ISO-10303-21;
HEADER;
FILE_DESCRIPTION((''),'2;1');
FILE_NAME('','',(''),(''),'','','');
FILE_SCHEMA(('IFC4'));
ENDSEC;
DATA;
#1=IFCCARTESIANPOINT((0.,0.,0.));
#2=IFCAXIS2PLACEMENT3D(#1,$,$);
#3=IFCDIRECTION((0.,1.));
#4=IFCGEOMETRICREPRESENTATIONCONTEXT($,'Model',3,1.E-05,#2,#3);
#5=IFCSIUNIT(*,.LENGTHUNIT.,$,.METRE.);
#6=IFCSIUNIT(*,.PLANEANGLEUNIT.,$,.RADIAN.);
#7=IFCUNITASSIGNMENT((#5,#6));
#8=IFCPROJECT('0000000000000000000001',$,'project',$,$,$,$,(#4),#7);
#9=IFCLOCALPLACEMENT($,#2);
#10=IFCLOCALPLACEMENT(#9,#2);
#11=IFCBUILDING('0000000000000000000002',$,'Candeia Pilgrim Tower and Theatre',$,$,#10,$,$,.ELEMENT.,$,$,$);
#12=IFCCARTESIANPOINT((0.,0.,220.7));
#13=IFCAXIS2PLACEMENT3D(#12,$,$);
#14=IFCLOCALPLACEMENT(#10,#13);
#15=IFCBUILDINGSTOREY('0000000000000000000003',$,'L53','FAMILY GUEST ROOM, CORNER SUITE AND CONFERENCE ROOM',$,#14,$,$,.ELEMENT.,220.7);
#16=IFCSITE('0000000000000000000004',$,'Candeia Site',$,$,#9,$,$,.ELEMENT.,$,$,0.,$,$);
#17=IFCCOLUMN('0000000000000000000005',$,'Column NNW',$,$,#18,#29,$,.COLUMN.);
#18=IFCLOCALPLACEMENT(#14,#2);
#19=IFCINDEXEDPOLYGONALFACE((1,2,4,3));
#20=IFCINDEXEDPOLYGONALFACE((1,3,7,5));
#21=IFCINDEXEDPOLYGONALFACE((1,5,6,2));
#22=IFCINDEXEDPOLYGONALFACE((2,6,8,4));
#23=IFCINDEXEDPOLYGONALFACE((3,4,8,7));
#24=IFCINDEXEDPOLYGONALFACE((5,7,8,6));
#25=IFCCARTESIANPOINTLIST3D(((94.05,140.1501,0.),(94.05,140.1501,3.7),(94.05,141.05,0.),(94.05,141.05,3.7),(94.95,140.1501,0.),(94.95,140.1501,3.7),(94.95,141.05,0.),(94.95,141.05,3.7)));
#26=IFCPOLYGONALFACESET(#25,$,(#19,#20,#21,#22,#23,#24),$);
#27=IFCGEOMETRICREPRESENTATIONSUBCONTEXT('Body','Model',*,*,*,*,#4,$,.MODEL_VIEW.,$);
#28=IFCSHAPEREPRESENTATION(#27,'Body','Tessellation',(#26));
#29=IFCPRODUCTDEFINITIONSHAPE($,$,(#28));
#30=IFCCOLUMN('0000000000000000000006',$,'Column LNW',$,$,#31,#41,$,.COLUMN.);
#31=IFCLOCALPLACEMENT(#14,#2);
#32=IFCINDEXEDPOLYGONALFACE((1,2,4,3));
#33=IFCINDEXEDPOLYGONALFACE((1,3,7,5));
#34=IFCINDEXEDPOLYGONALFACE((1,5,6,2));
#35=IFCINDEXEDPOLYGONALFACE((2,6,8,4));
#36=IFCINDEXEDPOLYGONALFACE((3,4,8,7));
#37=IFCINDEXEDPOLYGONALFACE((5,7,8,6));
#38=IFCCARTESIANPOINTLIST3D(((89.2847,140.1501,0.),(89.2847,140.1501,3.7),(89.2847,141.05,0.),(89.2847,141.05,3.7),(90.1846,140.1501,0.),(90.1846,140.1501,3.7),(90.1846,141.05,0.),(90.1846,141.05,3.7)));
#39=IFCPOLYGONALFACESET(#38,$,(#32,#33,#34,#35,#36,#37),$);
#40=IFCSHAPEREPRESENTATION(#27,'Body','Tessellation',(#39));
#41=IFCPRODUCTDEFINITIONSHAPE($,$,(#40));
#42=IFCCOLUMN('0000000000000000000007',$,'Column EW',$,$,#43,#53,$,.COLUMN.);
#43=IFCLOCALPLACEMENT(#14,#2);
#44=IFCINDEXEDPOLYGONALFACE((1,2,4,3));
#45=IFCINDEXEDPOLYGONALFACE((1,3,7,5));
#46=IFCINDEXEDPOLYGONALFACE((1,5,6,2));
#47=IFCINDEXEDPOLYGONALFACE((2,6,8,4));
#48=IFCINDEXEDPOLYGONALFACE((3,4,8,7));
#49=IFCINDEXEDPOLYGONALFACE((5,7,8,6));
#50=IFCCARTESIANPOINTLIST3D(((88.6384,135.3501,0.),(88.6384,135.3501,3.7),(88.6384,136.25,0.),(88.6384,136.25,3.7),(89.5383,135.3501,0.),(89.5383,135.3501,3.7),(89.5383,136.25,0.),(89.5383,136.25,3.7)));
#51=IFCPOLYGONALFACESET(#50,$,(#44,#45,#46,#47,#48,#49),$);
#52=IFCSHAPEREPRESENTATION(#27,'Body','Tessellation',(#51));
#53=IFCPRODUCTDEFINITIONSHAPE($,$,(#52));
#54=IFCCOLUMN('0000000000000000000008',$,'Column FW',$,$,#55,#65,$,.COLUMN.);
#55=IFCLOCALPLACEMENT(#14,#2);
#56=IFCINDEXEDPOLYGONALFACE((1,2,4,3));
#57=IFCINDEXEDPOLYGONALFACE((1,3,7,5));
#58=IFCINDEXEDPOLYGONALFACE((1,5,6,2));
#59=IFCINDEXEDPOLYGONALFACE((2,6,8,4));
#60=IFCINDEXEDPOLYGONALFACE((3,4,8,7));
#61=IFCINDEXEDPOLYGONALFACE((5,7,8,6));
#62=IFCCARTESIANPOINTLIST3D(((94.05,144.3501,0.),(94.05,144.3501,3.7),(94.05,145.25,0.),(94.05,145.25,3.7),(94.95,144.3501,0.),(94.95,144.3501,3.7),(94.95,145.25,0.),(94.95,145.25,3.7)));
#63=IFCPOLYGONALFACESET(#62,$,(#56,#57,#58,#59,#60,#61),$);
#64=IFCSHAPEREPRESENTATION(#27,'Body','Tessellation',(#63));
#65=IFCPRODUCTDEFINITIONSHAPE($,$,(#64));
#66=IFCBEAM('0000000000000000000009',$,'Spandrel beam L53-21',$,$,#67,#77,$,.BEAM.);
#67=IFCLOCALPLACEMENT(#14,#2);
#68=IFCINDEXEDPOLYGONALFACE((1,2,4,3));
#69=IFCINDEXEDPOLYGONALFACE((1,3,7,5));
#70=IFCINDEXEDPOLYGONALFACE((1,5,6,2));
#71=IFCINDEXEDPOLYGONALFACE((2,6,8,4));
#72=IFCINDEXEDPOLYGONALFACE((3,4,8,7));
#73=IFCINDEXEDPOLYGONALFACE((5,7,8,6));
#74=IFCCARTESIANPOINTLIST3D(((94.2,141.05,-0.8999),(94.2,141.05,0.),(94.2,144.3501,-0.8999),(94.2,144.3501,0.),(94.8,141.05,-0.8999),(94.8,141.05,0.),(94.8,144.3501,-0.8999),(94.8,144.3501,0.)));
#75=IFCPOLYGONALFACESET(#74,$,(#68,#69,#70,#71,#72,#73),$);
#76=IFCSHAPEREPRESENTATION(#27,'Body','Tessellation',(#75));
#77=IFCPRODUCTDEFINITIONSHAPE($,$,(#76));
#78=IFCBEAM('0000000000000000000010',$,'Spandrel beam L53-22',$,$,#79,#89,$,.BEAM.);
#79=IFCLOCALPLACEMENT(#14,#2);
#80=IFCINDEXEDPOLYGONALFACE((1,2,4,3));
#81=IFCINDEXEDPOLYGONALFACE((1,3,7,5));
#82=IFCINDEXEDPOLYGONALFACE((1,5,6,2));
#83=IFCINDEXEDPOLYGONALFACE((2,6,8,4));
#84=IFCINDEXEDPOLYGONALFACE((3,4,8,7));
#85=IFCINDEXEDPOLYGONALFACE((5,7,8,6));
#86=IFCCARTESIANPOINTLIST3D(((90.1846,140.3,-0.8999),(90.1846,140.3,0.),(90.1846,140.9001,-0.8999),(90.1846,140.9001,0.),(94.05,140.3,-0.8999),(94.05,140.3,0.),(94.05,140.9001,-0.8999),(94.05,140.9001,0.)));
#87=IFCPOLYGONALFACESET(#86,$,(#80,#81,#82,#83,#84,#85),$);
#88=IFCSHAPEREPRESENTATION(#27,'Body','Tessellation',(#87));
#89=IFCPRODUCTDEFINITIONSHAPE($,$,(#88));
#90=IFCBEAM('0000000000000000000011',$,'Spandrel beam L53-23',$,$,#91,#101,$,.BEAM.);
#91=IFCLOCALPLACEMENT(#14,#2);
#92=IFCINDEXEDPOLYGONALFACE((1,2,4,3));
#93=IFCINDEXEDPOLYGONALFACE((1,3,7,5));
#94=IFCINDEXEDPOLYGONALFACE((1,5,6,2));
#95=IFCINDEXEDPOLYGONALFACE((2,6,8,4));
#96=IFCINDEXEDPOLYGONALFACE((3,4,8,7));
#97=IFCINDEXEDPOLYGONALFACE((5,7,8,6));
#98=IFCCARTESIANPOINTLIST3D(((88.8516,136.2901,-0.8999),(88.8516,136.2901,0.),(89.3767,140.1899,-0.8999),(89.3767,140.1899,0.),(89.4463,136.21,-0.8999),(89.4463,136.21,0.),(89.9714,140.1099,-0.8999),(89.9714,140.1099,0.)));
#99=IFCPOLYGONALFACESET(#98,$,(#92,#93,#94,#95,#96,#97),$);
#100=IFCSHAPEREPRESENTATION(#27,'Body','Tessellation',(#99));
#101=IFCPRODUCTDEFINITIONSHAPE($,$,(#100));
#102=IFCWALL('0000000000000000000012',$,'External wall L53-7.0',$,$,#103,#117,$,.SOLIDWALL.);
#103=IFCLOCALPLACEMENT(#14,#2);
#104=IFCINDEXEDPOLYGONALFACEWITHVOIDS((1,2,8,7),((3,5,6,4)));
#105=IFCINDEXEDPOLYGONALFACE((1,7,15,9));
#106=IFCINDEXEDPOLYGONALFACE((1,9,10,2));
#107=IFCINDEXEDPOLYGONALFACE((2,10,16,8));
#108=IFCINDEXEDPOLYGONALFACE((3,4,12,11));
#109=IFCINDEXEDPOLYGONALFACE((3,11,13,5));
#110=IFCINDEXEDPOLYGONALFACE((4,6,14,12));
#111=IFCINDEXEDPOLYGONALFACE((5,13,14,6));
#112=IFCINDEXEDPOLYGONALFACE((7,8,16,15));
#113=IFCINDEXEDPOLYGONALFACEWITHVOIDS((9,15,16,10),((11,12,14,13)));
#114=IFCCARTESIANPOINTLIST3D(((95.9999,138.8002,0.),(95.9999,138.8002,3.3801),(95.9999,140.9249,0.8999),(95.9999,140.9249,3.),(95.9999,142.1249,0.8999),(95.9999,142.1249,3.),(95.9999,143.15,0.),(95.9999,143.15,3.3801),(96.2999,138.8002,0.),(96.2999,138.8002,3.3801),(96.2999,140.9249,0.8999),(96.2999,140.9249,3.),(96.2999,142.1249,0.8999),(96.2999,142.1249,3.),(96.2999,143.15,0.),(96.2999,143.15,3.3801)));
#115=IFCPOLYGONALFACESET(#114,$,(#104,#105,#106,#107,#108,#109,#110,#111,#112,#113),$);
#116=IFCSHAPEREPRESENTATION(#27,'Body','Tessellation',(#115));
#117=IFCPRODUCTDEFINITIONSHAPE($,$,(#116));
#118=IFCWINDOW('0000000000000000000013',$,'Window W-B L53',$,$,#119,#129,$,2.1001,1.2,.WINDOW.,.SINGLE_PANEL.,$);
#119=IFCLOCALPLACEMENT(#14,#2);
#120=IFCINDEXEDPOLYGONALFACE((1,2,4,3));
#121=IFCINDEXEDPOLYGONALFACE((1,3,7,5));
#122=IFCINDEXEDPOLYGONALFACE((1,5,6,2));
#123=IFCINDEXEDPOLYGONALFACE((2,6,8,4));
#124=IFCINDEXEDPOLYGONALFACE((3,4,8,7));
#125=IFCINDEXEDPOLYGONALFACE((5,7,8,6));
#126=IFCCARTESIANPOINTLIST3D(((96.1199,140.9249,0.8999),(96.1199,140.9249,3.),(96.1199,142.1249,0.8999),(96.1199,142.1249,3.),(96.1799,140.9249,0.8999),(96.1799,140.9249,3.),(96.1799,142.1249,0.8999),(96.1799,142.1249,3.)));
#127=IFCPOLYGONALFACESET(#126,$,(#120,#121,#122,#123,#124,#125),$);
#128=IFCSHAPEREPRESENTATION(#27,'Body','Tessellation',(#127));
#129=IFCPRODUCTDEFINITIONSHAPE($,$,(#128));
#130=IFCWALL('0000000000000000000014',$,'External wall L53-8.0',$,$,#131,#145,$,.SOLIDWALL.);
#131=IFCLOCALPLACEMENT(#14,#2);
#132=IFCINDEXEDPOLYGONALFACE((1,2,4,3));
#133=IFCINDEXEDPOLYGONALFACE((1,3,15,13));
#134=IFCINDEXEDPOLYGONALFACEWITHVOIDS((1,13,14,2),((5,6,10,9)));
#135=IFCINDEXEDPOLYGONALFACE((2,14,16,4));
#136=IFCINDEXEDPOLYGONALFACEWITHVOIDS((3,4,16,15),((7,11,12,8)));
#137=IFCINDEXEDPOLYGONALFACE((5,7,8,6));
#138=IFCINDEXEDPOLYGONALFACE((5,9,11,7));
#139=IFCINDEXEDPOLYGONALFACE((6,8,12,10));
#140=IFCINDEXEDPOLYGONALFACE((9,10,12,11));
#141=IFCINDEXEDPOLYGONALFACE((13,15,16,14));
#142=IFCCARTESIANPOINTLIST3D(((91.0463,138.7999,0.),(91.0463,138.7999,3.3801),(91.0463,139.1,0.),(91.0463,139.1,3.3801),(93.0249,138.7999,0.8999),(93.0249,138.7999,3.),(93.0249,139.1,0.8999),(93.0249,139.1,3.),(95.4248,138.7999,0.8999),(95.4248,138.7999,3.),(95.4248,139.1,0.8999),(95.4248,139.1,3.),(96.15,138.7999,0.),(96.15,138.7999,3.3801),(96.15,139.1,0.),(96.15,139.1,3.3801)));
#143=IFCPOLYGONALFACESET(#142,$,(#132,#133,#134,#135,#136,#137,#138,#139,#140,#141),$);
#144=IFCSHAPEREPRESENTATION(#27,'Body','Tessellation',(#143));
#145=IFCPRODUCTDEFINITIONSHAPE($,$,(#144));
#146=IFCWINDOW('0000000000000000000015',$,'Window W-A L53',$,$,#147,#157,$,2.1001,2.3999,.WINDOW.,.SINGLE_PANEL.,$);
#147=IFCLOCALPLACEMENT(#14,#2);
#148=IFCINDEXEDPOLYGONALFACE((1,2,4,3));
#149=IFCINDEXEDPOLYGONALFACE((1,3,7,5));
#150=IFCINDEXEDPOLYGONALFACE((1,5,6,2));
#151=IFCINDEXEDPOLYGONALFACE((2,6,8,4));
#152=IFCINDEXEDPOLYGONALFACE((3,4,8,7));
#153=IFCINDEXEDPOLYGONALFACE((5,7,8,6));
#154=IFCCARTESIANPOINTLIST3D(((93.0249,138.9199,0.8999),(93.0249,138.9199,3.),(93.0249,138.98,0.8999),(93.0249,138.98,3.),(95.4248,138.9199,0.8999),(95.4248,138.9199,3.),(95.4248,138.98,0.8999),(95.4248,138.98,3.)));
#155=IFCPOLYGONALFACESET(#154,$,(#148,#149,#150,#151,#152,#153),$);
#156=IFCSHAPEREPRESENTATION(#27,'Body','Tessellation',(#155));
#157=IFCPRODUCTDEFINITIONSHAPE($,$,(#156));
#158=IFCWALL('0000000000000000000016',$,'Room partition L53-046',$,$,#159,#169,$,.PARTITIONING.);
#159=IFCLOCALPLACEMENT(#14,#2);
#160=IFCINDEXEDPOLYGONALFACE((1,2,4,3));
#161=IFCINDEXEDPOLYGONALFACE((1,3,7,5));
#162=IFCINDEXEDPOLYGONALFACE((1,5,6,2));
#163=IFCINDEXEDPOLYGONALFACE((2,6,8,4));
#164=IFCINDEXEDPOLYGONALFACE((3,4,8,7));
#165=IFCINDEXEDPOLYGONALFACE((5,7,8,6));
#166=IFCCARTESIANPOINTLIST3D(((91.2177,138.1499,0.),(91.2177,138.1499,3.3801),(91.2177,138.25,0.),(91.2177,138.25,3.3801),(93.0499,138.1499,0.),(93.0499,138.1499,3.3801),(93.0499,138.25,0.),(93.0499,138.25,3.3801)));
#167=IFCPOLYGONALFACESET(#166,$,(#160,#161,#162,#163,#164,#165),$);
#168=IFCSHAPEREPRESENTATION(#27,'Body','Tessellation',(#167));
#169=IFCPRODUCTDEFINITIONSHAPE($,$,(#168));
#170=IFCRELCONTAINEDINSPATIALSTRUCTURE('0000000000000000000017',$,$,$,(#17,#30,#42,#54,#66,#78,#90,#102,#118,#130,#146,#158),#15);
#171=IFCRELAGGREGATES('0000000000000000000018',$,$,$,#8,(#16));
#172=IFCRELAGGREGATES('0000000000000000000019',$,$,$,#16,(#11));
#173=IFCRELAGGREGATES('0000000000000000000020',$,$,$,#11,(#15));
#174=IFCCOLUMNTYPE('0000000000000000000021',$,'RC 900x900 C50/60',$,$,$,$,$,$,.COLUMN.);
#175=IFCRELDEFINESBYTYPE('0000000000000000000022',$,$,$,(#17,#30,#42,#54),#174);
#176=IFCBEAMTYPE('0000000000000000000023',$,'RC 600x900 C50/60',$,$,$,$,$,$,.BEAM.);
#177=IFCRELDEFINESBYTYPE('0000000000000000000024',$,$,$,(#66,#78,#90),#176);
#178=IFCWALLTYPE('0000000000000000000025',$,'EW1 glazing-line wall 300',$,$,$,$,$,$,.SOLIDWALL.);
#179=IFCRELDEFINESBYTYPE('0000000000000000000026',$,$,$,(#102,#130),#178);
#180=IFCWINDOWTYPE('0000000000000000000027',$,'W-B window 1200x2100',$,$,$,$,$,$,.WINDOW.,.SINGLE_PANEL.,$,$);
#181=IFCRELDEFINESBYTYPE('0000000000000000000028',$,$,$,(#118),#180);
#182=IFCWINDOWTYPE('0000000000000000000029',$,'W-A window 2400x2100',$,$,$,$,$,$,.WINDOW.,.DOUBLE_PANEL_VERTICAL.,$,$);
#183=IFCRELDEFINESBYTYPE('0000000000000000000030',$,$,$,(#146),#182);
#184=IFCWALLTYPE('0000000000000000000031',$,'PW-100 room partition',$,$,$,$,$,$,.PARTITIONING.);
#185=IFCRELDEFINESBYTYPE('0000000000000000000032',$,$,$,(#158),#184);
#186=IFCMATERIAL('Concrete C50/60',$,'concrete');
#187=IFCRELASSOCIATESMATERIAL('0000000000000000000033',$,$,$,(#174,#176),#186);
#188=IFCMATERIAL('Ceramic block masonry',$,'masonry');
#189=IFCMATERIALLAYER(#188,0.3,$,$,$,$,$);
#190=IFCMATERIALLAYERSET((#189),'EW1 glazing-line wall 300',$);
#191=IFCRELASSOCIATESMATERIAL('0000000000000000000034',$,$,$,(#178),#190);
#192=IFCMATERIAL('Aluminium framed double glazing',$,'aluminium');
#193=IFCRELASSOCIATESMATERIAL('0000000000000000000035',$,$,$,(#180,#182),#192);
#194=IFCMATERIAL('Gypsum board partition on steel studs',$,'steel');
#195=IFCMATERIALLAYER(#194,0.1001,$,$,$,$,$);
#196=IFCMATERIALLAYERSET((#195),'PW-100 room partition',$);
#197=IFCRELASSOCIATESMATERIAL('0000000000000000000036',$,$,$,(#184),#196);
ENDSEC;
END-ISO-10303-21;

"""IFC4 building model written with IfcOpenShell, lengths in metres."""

from ifc_helpers import new_model, si_unit, direction, frame, frame_2d, origin, origin_2d, place, context, subcontext, project, spatial, rectangle, extrude, material, layer, layer_set, material_profile, profile_set, type_object, element, fill, save


model = new_model("IFC4")

# Units and contexts
model_context = context("Model", 3, precision=1e-05, world=origin(), true_north=direction((0.0, 1.0)))
body_context = subcontext(model_context, "Body", "Model", "MODEL_VIEW")
ifc_project = project(units=[si_unit("LENGTHUNIT", "METRE"), si_unit("PLANEANGLEUNIT", "RADIAN")], contexts=[model_context])

# Site, building, storey
site_placement = place(None, origin())
site = spatial("IfcSite", under=ifc_project, at=site_placement, Name="Candeia Site", CompositionType="ELEMENT", RefElevation=0.0)
building_placement = place(site_placement, origin())
building = spatial("IfcBuilding", under=site, at=building_placement, Name="Candeia Pilgrim Tower and Theatre", CompositionType="ELEMENT")
storey_placement = place(building_placement, frame((0.0, 0.0, 220.7)))
storey = spatial("IfcBuildingStorey", under=building, at=storey_placement, Name="L53", Description="FAMILY GUEST ROOM, CORNER SUITE AND CONFERENCE ROOM", CompositionType="ELEMENT", Elevation=220.7)

# Columns
ifc_material_1 = material(Name="Concrete C50/60", Category="concrete")
ifc_material_profile_1 = material_profile(ifc_material_1, rectangle(XDim=0.8999, YDim=0.8999, at=origin_2d()))
ifc_profile_set_1 = profile_set([ifc_material_profile_1], Name="Concrete C50/60")
column_type = type_object("IfcColumnType", Name="RC 900x900 C50/60", PredefinedType="COLUMN", material=ifc_profile_set_1)
for number, where, z_axis, x_axis, name in (
    (1, (94.5, 140.6001, 0.0), (0.0, 0.0, 1.0), (1.0, 0.0, 0.0), "Column NNW"),
    (2, (89.7346, 140.6001, 0.0), (0.0, 0.0, 1.0), (1.0, 0.0, 0.0), "Column LNW"),
    (3, (89.0884, 135.8, 0.0), (0.0, 0.0, 1.0), (1.0, 0.0, 0.0), "Column EW"),
    (4, (94.5, 144.8, 0.0), (0.0, 0.0, 1.0), (1.0, 0.0, 0.0), "Column FW"),
):
    element("IfcColumn", number, at=place(storey_placement, frame(where, z_axis=z_axis, x_axis=x_axis)), inside=storey, type_object=column_type, Name=name, PredefinedType="COLUMN", context=body_context, shape_type="SweptSolid", body=[
        extrude(rectangle(XDim=0.8999, YDim=0.8999, at=origin_2d()), origin(), (0.0, 0.0, 1.0), 3.7),
    ])

# Beams
ifc_material_profile_2 = material_profile(ifc_material_1, rectangle(XDim=0.6001, YDim=0.8999, at=origin_2d()))
ifc_profile_set_2 = profile_set([ifc_material_profile_2], Name="Concrete C50/60")
beam_type = type_object("IfcBeamType", Name="RC 600x900 C50/60", PredefinedType="BEAM", material=ifc_profile_set_2)
beam_1_placement = place(storey_placement, frame((94.5, 144.3501, -0.45), z_axis=(0.0, -1.0, 0.0), x_axis=(1.0, 0.0, 0.0)))
element("IfcBeam", 5, at=beam_1_placement, inside=storey, type_object=beam_type, Name="Spandrel beam L53-21", PredefinedType="BEAM", context=body_context, shape_type="SweptSolid", body=[
    extrude(rectangle(XDim=0.6001, YDim=0.8999, at=origin_2d()), origin(), (0.0, 0.0, 1.0), 3.3),
])
beam_2_placement = place(storey_placement, frame((94.05, 140.6001, -0.45), z_axis=(-1.0, 0.0, 0.0), x_axis=(0.0, -1.0, 0.0)))
element("IfcBeam", 6, at=beam_2_placement, inside=storey, type_object=beam_type, Name="Spandrel beam L53-22", PredefinedType="BEAM", context=body_context, shape_type="SweptSolid", body=[
    extrude(rectangle(XDim=0.6001, YDim=0.8999, at=origin_2d()), origin(), (0.0, 0.0, 1.0), 3.8655),
])
beam_3_placement = place(storey_placement, frame((89.6741, 140.1499, -0.45), z_axis=(-0.133452, -0.991055, 0.0), x_axis=(0.991055, -0.133452, 0.0)))
element("IfcBeam", 7, at=beam_3_placement, inside=storey, type_object=beam_type, Name="Spandrel beam L53-23", PredefinedType="BEAM", context=body_context, shape_type="SweptSolid", body=[
    extrude(rectangle(XDim=0.6001, YDim=0.8999, at=origin_2d()), origin(), (0.0, 0.0, 1.0), 3.9351),
])

# Walls, openings, windows
ifc_material_2 = material(Name="Ceramic block masonry", Category="masonry")
ifc_layer_1 = layer(ifc_material_2, 0.3)
ifc_layer_set_1 = layer_set([ifc_layer_1], Name="EW1 glazing-line wall 300")
wall_type_1 = type_object("IfcWallType", Name="EW1 glazing-line wall 300", PredefinedType="SOLIDWALL", material=ifc_layer_set_1)
wall_1_placement = place(storey_placement, frame((96.1499, 143.1499, 0.0), z_axis=(0.0, 0.0, 1.0), x_axis=(0.0, -1.0, 0.0)))
wall_1 = element("IfcWall", 8, at=wall_1_placement, inside=storey, type_object=wall_type_1, Name="External wall L53-7.0", PredefinedType="SOLIDWALL", context=body_context, shape_type="SweptSolid", body=[
    extrude(rectangle(XDim=4.3499, YDim=0.3, at=frame_2d((2.1748, 0.0))), origin(), (0.0, 0.0, 1.0), 3.3801),
])
opening_1_placement = place(wall_1_placement, frame((1.0249, 0.0, 0.8999)))
opening_1 = element("IfcOpeningElement", 9, at=opening_1_placement, cuts=wall_1, PredefinedType="OPENING", context=body_context, shape_type="SweptSolid", body=[
    extrude(rectangle(XDim=1.2, YDim=2.1001, at=frame_2d((0.6001, 1.05))), frame((0.0, 0.1602, 0.0), z_axis=(0.0, -1.0, 0.0), x_axis=(1.0, 0.0, 0.0)), (0.0, 0.0, 1.0), 0.3201),
])
ifc_material_3 = material(Name="Aluminium framed double glazing", Category="aluminium")
window_type_1 = type_object("IfcWindowType", Name="W-B window 1200x2100", PartitioningType="SINGLE_PANEL", PredefinedType="WINDOW", material=ifc_material_3)
window_1_placement = place(opening_1_placement, origin())
window_1 = element("IfcWindow", 10, at=window_1_placement, inside=storey, type_object=window_type_1, Name="Window W-B L53", OverallHeight=2.1001, OverallWidth=1.2, PartitioningType="SINGLE_PANEL", PredefinedType="WINDOW", context=body_context, shape_type="SweptSolid", body=[
    extrude(rectangle(XDim=1.2, YDim=2.1001, at=frame_2d((0.6001, 1.05))), frame((0.0, 0.03, 0.0), z_axis=(0.0, -1.0, 0.0), x_axis=(1.0, 0.0, 0.0)), (0.0, 0.0, 1.0), 0.0601),
])
fill(opening_1, window_1)
wall_2_placement = place(storey_placement, frame((96.1499, 138.95, 0.0), z_axis=(0.0, 0.0, 1.0), x_axis=(-1.0, 0.0, 0.0)))
wall_2 = element("IfcWall", 11, at=wall_2_placement, inside=storey, type_object=wall_type_1, Name="External wall L53-8.0", PredefinedType="SOLIDWALL", context=body_context, shape_type="SweptSolid", body=[
    extrude(rectangle(XDim=5.1038, YDim=0.3, at=frame_2d((2.5518, 0.0))), origin(), (0.0, 0.0, 1.0), 3.3801),
])
opening_2_placement = place(wall_2_placement, frame((0.7251, 0.0, 0.8999)))
opening_2 = element("IfcOpeningElement", 12, at=opening_2_placement, cuts=wall_2, PredefinedType="OPENING", context=body_context, shape_type="SweptSolid", body=[
    extrude(rectangle(XDim=2.3999, YDim=2.1001, at=frame_2d((1.2, 1.05))), frame((0.0, 0.1602, 0.0), z_axis=(0.0, -1.0, 0.0), x_axis=(1.0, 0.0, 0.0)), (0.0, 0.0, 1.0), 0.3201),
])
window_type_2 = type_object("IfcWindowType", Name="W-A window 2400x2100", PartitioningType="DOUBLE_PANEL_VERTICAL", PredefinedType="WINDOW", material=ifc_material_3)
window_2_placement = place(opening_2_placement, origin())
window_2 = element("IfcWindow", 13, at=window_2_placement, inside=storey, type_object=window_type_2, Name="Window W-A L53", OverallHeight=2.1001, OverallWidth=2.3999, PartitioningType="SINGLE_PANEL", PredefinedType="WINDOW", context=body_context, shape_type="SweptSolid", body=[
    extrude(rectangle(XDim=2.3999, YDim=2.1001, at=frame_2d((1.2, 1.05))), frame((0.0, 0.03, 0.0), z_axis=(0.0, -1.0, 0.0), x_axis=(1.0, 0.0, 0.0)), (0.0, 0.0, 1.0), 0.0601),
])
fill(opening_2, window_2)

# Wall
ifc_material_4 = material(Name="Gypsum board partition on steel studs", Category="steel")
ifc_layer_2 = layer(ifc_material_4, 0.1001)
ifc_layer_set_2 = layer_set([ifc_layer_2], Name="PW-100 room partition")
wall_type_2 = type_object("IfcWallType", Name="PW-100 room partition", PredefinedType="PARTITIONING", material=ifc_layer_set_2)
wall_3_placement = place(storey_placement, frame((91.2178, 138.2, 0.0), z_axis=(0.0, 0.0, 1.0), x_axis=(1.0, 0.0, 0.0)))
element("IfcWall", 14, at=wall_3_placement, inside=storey, type_object=wall_type_2, Name="Room partition L53-046", PredefinedType="PARTITIONING", context=body_context, shape_type="SweptSolid", body=[
    extrude(rectangle(XDim=1.8323, YDim=0.1001, at=frame_2d((0.916, 0.0))), origin(), (0.0, 0.0, 1.0), 3.3801),
])

save(model, "model.ifc")
